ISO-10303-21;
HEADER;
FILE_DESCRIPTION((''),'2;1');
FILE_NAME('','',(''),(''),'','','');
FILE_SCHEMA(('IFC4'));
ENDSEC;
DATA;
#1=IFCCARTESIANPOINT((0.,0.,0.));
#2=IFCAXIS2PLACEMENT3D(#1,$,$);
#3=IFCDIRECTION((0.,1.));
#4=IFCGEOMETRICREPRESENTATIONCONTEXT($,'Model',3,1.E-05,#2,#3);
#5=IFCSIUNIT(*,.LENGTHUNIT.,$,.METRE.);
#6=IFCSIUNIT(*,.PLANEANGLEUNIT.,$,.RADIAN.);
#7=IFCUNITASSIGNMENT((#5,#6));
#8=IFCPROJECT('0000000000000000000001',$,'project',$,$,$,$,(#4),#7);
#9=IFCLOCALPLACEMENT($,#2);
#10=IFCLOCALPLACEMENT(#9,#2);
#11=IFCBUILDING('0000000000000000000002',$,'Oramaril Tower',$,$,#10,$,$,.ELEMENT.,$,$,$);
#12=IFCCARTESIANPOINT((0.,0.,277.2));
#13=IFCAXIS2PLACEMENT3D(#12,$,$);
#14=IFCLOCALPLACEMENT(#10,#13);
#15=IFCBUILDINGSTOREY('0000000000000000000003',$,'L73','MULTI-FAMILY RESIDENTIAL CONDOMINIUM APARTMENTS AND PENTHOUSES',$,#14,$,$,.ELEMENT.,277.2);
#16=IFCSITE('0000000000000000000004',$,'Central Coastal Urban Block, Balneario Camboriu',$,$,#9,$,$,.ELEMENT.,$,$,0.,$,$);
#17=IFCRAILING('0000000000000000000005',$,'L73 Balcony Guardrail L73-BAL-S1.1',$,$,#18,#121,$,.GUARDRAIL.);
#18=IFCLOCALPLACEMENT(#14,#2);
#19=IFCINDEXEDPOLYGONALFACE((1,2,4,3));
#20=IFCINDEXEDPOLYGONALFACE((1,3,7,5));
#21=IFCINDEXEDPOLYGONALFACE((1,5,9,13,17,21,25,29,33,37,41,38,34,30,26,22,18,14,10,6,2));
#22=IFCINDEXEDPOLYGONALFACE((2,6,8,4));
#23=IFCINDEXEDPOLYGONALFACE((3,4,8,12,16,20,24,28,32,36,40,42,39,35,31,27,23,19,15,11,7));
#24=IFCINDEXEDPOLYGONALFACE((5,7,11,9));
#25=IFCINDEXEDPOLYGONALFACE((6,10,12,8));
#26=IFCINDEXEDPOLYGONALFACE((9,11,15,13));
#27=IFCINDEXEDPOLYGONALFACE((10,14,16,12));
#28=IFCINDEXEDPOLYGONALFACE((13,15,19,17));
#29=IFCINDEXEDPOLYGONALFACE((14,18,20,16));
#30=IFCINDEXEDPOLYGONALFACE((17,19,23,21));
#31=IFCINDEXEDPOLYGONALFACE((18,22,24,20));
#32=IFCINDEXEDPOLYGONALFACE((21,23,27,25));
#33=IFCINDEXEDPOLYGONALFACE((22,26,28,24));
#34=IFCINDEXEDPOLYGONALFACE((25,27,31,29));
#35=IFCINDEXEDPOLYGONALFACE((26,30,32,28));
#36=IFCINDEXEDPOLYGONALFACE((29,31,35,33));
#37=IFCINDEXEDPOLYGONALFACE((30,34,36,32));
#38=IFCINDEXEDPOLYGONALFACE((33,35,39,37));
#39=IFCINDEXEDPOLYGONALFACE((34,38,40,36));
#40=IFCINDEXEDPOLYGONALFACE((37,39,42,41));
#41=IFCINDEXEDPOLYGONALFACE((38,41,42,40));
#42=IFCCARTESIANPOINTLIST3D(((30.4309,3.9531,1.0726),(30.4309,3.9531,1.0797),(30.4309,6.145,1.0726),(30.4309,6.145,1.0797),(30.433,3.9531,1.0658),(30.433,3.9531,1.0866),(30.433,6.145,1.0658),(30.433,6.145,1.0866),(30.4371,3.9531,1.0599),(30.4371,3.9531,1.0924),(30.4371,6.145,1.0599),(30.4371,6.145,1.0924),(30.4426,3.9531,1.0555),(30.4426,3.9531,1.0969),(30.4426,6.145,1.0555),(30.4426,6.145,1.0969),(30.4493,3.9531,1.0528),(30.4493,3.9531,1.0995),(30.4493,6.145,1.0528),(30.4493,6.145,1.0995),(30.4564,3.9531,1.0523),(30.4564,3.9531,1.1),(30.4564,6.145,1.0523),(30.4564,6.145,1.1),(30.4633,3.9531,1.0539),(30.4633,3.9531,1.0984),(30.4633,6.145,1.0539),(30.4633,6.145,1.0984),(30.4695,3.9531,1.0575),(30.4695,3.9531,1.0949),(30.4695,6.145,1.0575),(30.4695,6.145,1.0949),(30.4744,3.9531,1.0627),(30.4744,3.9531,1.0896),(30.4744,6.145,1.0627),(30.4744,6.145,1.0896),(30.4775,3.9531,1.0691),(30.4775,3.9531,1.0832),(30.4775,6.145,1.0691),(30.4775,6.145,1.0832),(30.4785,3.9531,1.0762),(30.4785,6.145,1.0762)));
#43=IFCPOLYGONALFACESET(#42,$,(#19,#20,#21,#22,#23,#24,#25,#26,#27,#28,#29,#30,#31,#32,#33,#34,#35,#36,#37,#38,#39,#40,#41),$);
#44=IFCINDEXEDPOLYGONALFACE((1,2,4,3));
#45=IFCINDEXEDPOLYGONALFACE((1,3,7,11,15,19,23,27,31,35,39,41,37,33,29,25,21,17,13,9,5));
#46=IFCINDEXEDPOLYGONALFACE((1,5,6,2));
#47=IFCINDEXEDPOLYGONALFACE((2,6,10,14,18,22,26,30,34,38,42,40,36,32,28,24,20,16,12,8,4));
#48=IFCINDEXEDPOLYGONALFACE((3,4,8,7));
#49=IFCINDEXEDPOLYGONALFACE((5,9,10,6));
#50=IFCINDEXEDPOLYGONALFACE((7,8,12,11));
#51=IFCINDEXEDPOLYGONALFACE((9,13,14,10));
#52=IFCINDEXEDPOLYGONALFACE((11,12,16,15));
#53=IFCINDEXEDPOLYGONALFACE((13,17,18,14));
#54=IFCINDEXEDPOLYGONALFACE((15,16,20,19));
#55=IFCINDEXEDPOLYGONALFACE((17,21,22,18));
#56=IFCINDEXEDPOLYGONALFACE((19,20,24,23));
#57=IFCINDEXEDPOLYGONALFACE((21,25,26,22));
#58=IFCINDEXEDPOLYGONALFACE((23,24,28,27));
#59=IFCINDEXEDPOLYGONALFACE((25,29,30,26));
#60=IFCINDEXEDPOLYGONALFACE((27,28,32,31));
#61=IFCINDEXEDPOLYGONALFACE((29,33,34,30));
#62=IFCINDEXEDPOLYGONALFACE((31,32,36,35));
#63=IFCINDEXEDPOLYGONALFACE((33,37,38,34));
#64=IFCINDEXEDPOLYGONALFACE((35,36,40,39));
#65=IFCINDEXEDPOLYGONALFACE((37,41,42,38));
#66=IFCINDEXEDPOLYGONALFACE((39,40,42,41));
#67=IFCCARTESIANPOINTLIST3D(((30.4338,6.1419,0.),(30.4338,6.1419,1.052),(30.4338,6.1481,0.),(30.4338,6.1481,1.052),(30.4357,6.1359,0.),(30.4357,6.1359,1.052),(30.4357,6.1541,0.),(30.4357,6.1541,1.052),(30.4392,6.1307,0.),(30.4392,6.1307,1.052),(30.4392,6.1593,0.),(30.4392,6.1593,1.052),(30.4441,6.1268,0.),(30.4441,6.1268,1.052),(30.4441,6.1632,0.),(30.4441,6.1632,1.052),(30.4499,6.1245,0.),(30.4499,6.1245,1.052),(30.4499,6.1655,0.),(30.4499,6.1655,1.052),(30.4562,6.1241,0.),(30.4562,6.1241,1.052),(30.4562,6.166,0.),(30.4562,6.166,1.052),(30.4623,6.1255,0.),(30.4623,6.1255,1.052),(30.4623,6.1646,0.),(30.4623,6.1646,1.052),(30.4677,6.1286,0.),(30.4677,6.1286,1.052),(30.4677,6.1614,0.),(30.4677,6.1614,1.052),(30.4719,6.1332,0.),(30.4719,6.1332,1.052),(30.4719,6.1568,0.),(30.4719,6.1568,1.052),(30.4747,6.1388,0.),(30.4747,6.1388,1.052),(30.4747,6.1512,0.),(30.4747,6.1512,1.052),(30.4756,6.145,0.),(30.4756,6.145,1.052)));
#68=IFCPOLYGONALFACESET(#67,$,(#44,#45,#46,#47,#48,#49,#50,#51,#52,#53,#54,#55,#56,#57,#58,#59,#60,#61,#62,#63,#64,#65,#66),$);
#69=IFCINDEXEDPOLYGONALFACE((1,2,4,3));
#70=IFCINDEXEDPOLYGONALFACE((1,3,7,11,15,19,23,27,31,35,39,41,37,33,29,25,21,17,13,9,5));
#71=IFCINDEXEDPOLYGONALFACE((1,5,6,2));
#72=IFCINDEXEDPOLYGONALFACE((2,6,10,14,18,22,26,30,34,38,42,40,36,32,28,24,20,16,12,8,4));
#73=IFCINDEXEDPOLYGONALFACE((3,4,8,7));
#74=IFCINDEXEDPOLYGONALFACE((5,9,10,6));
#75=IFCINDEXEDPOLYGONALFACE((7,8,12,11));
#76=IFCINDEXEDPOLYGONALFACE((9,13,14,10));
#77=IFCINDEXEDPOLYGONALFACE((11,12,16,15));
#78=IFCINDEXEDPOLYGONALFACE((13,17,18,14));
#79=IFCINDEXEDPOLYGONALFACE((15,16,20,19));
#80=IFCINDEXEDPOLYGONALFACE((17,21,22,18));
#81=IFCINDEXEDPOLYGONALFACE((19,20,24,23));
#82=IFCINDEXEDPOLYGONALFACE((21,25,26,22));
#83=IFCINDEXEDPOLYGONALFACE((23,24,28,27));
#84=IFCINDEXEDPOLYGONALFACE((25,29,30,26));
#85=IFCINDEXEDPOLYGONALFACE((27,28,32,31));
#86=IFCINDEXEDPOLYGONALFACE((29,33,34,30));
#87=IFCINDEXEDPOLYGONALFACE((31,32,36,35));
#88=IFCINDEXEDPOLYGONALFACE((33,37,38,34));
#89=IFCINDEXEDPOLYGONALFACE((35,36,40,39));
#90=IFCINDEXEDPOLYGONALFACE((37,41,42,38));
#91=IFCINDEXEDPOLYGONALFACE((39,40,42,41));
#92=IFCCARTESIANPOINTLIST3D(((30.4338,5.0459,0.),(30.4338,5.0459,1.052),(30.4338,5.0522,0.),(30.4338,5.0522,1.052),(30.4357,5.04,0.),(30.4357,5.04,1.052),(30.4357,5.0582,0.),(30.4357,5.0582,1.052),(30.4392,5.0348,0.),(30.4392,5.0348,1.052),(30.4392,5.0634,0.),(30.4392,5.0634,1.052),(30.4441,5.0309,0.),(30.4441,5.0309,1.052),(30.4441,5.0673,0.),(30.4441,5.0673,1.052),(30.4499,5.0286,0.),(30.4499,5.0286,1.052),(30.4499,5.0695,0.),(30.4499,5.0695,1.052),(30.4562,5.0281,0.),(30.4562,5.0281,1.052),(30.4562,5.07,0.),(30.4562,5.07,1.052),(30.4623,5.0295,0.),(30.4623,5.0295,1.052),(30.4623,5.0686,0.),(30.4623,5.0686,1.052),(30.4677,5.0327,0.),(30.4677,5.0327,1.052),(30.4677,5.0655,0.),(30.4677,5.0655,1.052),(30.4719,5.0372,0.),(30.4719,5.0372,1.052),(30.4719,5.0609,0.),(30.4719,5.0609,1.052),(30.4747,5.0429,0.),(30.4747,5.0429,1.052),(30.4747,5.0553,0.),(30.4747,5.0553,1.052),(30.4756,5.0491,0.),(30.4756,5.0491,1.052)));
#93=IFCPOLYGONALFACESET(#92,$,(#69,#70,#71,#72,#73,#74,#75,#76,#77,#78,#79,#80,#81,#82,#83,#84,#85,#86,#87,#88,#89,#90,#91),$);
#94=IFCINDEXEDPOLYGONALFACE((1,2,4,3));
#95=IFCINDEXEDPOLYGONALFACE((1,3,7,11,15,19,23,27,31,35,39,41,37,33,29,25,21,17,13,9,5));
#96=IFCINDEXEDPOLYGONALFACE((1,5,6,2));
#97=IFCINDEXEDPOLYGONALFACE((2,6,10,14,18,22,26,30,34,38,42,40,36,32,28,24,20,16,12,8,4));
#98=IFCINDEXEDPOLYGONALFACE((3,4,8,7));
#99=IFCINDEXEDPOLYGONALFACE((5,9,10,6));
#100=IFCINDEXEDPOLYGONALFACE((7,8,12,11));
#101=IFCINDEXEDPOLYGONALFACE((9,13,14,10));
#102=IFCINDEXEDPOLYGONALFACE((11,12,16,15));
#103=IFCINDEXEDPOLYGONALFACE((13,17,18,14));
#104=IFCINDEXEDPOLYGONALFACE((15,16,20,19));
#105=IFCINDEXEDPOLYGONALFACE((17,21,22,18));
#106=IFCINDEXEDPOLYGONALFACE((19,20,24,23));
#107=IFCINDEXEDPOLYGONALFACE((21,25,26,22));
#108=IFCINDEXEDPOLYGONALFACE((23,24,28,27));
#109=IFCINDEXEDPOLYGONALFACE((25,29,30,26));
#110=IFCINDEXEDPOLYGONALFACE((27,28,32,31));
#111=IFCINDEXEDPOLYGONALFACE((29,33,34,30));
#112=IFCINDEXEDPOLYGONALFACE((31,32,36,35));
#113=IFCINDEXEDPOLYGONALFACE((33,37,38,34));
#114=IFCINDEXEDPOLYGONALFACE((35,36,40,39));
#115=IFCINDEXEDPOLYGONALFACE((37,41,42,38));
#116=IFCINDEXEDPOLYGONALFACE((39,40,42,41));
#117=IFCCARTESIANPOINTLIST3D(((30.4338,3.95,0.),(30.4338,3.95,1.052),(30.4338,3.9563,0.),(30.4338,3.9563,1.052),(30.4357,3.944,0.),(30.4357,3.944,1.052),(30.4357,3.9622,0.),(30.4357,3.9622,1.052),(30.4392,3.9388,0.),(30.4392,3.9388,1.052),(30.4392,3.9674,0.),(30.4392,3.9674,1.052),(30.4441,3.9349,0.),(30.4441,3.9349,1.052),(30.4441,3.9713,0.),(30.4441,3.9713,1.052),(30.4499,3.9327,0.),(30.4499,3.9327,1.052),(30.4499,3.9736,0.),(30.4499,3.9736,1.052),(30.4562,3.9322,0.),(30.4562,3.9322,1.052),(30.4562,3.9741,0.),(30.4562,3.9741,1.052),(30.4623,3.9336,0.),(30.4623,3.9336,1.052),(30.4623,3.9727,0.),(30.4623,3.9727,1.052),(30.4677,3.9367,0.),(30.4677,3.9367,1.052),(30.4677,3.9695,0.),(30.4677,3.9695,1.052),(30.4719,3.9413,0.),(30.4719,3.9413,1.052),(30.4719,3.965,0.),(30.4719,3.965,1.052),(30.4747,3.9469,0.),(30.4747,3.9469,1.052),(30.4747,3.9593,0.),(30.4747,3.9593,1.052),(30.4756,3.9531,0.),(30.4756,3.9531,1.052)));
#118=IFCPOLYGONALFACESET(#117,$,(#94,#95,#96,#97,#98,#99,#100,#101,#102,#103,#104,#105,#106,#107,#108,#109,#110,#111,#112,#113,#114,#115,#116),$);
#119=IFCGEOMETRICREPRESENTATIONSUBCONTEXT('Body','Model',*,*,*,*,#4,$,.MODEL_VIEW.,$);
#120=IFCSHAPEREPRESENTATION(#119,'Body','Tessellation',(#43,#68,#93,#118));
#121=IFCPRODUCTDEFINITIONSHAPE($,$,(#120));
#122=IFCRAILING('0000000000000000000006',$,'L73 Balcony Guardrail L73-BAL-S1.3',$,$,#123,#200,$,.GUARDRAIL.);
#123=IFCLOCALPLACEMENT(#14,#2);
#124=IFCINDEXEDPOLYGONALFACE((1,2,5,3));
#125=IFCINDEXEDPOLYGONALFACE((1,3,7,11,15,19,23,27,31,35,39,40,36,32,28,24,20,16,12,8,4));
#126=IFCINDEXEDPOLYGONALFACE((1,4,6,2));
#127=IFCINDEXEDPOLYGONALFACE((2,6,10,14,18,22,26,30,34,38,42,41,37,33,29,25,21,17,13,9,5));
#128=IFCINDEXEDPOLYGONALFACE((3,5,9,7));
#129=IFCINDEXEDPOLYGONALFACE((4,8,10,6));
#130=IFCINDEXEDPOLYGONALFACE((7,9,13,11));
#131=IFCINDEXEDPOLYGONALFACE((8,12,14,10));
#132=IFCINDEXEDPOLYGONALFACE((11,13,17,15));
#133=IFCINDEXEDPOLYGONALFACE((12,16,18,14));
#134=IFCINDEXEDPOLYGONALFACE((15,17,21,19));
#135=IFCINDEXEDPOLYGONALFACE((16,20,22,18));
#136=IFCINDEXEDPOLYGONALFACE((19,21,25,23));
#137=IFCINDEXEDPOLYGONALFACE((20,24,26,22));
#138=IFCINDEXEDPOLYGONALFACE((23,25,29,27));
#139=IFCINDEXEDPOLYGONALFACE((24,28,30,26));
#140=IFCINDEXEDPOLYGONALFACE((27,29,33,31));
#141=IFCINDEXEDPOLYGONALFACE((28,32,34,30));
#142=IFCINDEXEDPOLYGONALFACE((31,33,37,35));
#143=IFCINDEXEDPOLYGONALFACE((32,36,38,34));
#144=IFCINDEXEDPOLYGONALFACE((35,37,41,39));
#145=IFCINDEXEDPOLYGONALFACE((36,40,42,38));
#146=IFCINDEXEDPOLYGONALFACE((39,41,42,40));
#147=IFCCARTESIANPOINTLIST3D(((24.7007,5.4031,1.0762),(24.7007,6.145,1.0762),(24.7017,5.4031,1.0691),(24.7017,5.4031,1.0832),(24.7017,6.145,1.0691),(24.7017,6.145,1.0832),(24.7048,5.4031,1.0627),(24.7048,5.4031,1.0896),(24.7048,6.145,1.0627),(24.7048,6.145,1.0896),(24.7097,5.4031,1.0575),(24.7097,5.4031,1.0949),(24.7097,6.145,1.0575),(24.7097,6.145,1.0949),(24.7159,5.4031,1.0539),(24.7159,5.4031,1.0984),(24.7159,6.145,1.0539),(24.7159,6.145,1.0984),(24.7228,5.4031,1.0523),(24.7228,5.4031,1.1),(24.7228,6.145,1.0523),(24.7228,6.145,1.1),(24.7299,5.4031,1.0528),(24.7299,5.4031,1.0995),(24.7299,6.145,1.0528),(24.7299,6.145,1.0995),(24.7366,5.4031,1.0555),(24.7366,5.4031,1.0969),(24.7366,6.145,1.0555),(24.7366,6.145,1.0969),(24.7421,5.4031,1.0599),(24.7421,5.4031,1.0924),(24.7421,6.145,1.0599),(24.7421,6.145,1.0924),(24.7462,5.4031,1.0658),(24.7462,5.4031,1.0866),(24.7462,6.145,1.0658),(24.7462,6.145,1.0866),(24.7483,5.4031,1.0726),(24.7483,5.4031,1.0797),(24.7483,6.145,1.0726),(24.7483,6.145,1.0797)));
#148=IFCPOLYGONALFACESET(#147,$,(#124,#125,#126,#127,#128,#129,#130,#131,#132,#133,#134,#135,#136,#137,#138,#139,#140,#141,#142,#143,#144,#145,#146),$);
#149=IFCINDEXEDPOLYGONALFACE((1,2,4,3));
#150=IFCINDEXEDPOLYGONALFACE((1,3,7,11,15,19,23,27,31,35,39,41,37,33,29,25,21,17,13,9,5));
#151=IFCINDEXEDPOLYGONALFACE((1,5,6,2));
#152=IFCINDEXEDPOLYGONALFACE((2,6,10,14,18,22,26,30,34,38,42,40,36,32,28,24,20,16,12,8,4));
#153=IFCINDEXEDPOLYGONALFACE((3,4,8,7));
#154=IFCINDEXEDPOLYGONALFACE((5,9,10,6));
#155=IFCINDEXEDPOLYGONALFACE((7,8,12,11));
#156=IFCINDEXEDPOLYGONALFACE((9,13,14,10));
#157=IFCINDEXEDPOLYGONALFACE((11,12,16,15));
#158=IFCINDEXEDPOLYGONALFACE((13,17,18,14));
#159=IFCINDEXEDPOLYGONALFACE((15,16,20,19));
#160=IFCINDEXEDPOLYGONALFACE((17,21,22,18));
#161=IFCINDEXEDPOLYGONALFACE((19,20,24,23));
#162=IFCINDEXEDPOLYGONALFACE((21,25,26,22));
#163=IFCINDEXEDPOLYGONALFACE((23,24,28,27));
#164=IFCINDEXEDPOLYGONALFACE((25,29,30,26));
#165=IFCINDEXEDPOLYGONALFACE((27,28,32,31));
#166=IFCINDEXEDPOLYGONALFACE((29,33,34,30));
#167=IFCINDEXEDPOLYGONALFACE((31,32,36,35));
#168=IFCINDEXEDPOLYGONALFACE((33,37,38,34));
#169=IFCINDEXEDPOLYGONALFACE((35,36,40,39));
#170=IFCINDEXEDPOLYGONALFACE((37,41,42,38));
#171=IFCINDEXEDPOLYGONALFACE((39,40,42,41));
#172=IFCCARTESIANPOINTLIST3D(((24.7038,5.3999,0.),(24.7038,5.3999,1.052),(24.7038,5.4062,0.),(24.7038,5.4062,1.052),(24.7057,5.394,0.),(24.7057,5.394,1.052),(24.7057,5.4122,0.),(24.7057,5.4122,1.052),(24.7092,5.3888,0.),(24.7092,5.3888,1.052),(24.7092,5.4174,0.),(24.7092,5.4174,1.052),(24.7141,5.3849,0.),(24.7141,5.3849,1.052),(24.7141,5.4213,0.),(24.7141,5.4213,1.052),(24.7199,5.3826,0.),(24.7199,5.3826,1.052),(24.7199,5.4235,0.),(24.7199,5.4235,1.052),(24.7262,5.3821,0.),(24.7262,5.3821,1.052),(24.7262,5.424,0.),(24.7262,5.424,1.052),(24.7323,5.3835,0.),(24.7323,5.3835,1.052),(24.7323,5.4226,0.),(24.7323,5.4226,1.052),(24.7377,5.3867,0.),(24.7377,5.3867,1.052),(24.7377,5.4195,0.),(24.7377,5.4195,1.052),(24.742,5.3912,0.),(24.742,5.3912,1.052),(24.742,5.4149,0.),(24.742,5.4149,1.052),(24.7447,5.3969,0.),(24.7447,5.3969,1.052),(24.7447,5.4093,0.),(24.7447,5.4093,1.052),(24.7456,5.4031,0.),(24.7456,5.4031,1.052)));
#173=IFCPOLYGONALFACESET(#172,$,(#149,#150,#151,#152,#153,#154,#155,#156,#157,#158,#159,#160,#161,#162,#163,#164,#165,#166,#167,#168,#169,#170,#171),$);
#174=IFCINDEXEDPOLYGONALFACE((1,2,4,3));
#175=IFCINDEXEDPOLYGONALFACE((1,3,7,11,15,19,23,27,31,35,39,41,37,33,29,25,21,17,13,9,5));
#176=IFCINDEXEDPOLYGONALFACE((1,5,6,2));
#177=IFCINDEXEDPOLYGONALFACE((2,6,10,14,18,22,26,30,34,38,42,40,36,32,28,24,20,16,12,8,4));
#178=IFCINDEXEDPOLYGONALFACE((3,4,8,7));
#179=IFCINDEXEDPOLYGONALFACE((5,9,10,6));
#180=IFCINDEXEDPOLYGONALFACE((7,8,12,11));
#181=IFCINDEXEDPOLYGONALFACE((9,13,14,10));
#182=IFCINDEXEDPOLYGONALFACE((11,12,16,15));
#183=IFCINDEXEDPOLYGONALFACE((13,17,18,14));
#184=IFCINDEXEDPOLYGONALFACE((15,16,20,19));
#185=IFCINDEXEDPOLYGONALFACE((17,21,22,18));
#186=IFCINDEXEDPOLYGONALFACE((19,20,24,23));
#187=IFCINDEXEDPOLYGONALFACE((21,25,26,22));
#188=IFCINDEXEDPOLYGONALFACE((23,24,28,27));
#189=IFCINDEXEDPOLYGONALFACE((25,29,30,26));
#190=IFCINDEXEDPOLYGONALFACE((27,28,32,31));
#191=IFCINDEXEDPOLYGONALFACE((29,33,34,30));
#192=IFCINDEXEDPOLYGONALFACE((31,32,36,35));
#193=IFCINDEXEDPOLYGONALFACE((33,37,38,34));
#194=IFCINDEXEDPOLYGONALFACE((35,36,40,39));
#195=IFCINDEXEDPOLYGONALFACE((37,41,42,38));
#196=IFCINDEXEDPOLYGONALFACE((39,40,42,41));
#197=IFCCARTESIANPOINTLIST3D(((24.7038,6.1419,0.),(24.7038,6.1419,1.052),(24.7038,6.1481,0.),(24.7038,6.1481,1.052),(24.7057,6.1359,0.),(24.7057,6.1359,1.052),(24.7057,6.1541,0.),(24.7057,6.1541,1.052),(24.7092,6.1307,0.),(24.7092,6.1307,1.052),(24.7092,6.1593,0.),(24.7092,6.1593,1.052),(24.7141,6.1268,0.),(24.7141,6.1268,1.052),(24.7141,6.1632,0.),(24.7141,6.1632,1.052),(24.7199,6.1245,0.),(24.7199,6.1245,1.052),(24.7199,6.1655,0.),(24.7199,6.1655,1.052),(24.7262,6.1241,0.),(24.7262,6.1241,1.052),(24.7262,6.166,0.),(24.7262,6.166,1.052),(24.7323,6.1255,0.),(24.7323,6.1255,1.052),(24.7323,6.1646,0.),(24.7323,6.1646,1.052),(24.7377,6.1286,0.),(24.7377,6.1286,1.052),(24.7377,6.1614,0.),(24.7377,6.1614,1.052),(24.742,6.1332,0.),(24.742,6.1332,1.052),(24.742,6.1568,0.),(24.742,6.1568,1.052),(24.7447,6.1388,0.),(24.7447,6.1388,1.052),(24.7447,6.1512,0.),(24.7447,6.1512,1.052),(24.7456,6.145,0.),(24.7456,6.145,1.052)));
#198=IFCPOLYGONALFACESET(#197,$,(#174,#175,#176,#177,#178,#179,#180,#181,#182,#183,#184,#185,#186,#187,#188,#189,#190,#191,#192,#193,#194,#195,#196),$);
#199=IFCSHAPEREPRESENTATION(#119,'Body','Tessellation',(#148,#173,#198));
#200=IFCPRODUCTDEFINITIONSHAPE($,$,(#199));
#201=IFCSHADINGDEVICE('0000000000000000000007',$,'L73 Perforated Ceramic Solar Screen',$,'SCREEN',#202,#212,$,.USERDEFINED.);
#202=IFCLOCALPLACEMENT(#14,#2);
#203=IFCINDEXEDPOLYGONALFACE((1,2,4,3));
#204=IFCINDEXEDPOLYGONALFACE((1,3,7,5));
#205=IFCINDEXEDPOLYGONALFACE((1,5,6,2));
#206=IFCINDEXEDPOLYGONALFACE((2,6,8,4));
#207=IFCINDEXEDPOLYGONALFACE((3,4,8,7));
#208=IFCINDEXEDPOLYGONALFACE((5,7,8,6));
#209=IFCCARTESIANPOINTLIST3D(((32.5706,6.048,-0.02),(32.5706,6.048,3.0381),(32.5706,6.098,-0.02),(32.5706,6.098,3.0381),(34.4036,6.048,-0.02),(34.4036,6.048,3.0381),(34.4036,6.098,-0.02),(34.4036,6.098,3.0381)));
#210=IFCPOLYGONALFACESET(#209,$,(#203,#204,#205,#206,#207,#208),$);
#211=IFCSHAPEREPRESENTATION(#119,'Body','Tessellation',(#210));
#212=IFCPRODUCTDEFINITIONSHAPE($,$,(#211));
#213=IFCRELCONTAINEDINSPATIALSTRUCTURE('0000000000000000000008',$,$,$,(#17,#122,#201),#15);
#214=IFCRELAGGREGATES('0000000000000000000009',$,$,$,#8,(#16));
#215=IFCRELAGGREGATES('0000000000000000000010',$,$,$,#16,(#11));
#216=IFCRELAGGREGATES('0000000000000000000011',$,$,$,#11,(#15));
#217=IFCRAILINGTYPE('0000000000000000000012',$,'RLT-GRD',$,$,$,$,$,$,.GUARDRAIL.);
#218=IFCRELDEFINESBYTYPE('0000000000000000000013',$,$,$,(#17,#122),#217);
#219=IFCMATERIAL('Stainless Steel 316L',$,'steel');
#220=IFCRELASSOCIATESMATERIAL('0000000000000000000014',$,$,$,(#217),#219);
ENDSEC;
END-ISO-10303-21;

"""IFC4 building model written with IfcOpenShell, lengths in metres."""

from ifc_helpers import new_model, si_unit, direction, frame, origin, origin_2d, place, context, subcontext, project, spatial, rectangle, circle, extrude, material, type_object, element, save


model = new_model("IFC4")

# Units and contexts
model_context = context("Model", 3, precision=1e-05, world=origin(), true_north=direction((0.0, 1.0)))
body_context = subcontext(model_context, "Body", "Model", "MODEL_VIEW")
ifc_project = project(units=[si_unit("LENGTHUNIT", "METRE"), si_unit("PLANEANGLEUNIT", "RADIAN")], contexts=[model_context])

# Site, building, storey
site_placement = place(None, origin())
site = spatial("IfcSite", under=ifc_project, at=site_placement, Name="Central Coastal Urban Block, Balneario Camboriu", CompositionType="ELEMENT", RefElevation=0.0)
building_placement = place(site_placement, origin())
building = spatial("IfcBuilding", under=site, at=building_placement, Name="Oramaril Tower", CompositionType="ELEMENT")
storey_placement = place(building_placement, frame((0.0, 0.0, 277.2)))
storey = spatial("IfcBuildingStorey", under=building, at=storey_placement, Name="L73", Description="MULTI-FAMILY RESIDENTIAL CONDOMINIUM APARTMENTS AND PENTHOUSES", CompositionType="ELEMENT", Elevation=277.2)

# Railings
ifc_material_1 = material(Name="Stainless Steel 316L", Category="steel")
railing_type = type_object("IfcRailingType", Name="RLT-GRD", PredefinedType="GUARDRAIL", material=ifc_material_1)
railing_1_placement = place(storey_placement, frame((30.4546, 6.145, 0.0)))
element("IfcRailing", 1, at=railing_1_placement, inside=storey, type_object=railing_type, Name="L73 Balcony Guardrail L73-BAL-S1.1", PredefinedType="GUARDRAIL", context=body_context, shape_type="SweptSolid", body=[
    extrude(circle(Radius=0.0239, at=origin_2d()), frame((0.0, 0.0, 1.0762), z_axis=(0.0, -1.0, 0.0), x_axis=(1.0, 0.0, 0.0)), (0.0, 0.0, 1.0), 2.1919),
    extrude(circle(Radius=0.021, at=origin_2d()), origin(), (0.0, 0.0, 1.0), 1.052),
    extrude(circle(Radius=0.021, at=origin_2d()), frame((0.0, -1.0959, 0.0)), (0.0, 0.0, 1.0), 1.052),
    extrude(circle(Radius=0.021, at=origin_2d()), frame((0.0, -2.1919, 0.0)), (0.0, 0.0, 1.0), 1.052),
])
railing_2_placement = place(storey_placement, frame((24.7246, 5.4031, 0.0)))
element("IfcRailing", 2, at=railing_2_placement, inside=storey, type_object=railing_type, Name="L73 Balcony Guardrail L73-BAL-S1.3", PredefinedType="GUARDRAIL", context=body_context, shape_type="SweptSolid", body=[
    extrude(circle(Radius=0.0239, at=origin_2d()), frame((0.0, 0.0, 1.0762), z_axis=(0.0, 1.0, 0.0), x_axis=(-1.0, 0.0, 0.0)), (0.0, 0.0, 1.0), 0.7419),
    extrude(circle(Radius=0.021, at=origin_2d()), origin(), (0.0, 0.0, 1.0), 1.052),
    extrude(circle(Radius=0.021, at=origin_2d()), frame((0.0, 0.7419, 0.0)), (0.0, 0.0, 1.0), 1.052),
])

# Shading device
for number, where, z_axis, x_axis, name in (
    (3, (33.4871, 6.073, -0.02), (0.0, 0.0, 1.0), (1.0, 0.0, 0.0), "L73 Perforated Ceramic Solar Screen"),
):
    element("IfcShadingDevice", number, at=place(storey_placement, frame(where, z_axis=z_axis, x_axis=x_axis)), inside=storey, Name=name, ObjectType="SCREEN", PredefinedType="USERDEFINED", context=body_context, shape_type="SweptSolid", body=[
        extrude(rectangle(XDim=1.833, YDim=0.05, at=origin_2d()), origin(), (0.0, 0.0, 1.0), 3.0581),
    ])

save(model, "model.ifc")
